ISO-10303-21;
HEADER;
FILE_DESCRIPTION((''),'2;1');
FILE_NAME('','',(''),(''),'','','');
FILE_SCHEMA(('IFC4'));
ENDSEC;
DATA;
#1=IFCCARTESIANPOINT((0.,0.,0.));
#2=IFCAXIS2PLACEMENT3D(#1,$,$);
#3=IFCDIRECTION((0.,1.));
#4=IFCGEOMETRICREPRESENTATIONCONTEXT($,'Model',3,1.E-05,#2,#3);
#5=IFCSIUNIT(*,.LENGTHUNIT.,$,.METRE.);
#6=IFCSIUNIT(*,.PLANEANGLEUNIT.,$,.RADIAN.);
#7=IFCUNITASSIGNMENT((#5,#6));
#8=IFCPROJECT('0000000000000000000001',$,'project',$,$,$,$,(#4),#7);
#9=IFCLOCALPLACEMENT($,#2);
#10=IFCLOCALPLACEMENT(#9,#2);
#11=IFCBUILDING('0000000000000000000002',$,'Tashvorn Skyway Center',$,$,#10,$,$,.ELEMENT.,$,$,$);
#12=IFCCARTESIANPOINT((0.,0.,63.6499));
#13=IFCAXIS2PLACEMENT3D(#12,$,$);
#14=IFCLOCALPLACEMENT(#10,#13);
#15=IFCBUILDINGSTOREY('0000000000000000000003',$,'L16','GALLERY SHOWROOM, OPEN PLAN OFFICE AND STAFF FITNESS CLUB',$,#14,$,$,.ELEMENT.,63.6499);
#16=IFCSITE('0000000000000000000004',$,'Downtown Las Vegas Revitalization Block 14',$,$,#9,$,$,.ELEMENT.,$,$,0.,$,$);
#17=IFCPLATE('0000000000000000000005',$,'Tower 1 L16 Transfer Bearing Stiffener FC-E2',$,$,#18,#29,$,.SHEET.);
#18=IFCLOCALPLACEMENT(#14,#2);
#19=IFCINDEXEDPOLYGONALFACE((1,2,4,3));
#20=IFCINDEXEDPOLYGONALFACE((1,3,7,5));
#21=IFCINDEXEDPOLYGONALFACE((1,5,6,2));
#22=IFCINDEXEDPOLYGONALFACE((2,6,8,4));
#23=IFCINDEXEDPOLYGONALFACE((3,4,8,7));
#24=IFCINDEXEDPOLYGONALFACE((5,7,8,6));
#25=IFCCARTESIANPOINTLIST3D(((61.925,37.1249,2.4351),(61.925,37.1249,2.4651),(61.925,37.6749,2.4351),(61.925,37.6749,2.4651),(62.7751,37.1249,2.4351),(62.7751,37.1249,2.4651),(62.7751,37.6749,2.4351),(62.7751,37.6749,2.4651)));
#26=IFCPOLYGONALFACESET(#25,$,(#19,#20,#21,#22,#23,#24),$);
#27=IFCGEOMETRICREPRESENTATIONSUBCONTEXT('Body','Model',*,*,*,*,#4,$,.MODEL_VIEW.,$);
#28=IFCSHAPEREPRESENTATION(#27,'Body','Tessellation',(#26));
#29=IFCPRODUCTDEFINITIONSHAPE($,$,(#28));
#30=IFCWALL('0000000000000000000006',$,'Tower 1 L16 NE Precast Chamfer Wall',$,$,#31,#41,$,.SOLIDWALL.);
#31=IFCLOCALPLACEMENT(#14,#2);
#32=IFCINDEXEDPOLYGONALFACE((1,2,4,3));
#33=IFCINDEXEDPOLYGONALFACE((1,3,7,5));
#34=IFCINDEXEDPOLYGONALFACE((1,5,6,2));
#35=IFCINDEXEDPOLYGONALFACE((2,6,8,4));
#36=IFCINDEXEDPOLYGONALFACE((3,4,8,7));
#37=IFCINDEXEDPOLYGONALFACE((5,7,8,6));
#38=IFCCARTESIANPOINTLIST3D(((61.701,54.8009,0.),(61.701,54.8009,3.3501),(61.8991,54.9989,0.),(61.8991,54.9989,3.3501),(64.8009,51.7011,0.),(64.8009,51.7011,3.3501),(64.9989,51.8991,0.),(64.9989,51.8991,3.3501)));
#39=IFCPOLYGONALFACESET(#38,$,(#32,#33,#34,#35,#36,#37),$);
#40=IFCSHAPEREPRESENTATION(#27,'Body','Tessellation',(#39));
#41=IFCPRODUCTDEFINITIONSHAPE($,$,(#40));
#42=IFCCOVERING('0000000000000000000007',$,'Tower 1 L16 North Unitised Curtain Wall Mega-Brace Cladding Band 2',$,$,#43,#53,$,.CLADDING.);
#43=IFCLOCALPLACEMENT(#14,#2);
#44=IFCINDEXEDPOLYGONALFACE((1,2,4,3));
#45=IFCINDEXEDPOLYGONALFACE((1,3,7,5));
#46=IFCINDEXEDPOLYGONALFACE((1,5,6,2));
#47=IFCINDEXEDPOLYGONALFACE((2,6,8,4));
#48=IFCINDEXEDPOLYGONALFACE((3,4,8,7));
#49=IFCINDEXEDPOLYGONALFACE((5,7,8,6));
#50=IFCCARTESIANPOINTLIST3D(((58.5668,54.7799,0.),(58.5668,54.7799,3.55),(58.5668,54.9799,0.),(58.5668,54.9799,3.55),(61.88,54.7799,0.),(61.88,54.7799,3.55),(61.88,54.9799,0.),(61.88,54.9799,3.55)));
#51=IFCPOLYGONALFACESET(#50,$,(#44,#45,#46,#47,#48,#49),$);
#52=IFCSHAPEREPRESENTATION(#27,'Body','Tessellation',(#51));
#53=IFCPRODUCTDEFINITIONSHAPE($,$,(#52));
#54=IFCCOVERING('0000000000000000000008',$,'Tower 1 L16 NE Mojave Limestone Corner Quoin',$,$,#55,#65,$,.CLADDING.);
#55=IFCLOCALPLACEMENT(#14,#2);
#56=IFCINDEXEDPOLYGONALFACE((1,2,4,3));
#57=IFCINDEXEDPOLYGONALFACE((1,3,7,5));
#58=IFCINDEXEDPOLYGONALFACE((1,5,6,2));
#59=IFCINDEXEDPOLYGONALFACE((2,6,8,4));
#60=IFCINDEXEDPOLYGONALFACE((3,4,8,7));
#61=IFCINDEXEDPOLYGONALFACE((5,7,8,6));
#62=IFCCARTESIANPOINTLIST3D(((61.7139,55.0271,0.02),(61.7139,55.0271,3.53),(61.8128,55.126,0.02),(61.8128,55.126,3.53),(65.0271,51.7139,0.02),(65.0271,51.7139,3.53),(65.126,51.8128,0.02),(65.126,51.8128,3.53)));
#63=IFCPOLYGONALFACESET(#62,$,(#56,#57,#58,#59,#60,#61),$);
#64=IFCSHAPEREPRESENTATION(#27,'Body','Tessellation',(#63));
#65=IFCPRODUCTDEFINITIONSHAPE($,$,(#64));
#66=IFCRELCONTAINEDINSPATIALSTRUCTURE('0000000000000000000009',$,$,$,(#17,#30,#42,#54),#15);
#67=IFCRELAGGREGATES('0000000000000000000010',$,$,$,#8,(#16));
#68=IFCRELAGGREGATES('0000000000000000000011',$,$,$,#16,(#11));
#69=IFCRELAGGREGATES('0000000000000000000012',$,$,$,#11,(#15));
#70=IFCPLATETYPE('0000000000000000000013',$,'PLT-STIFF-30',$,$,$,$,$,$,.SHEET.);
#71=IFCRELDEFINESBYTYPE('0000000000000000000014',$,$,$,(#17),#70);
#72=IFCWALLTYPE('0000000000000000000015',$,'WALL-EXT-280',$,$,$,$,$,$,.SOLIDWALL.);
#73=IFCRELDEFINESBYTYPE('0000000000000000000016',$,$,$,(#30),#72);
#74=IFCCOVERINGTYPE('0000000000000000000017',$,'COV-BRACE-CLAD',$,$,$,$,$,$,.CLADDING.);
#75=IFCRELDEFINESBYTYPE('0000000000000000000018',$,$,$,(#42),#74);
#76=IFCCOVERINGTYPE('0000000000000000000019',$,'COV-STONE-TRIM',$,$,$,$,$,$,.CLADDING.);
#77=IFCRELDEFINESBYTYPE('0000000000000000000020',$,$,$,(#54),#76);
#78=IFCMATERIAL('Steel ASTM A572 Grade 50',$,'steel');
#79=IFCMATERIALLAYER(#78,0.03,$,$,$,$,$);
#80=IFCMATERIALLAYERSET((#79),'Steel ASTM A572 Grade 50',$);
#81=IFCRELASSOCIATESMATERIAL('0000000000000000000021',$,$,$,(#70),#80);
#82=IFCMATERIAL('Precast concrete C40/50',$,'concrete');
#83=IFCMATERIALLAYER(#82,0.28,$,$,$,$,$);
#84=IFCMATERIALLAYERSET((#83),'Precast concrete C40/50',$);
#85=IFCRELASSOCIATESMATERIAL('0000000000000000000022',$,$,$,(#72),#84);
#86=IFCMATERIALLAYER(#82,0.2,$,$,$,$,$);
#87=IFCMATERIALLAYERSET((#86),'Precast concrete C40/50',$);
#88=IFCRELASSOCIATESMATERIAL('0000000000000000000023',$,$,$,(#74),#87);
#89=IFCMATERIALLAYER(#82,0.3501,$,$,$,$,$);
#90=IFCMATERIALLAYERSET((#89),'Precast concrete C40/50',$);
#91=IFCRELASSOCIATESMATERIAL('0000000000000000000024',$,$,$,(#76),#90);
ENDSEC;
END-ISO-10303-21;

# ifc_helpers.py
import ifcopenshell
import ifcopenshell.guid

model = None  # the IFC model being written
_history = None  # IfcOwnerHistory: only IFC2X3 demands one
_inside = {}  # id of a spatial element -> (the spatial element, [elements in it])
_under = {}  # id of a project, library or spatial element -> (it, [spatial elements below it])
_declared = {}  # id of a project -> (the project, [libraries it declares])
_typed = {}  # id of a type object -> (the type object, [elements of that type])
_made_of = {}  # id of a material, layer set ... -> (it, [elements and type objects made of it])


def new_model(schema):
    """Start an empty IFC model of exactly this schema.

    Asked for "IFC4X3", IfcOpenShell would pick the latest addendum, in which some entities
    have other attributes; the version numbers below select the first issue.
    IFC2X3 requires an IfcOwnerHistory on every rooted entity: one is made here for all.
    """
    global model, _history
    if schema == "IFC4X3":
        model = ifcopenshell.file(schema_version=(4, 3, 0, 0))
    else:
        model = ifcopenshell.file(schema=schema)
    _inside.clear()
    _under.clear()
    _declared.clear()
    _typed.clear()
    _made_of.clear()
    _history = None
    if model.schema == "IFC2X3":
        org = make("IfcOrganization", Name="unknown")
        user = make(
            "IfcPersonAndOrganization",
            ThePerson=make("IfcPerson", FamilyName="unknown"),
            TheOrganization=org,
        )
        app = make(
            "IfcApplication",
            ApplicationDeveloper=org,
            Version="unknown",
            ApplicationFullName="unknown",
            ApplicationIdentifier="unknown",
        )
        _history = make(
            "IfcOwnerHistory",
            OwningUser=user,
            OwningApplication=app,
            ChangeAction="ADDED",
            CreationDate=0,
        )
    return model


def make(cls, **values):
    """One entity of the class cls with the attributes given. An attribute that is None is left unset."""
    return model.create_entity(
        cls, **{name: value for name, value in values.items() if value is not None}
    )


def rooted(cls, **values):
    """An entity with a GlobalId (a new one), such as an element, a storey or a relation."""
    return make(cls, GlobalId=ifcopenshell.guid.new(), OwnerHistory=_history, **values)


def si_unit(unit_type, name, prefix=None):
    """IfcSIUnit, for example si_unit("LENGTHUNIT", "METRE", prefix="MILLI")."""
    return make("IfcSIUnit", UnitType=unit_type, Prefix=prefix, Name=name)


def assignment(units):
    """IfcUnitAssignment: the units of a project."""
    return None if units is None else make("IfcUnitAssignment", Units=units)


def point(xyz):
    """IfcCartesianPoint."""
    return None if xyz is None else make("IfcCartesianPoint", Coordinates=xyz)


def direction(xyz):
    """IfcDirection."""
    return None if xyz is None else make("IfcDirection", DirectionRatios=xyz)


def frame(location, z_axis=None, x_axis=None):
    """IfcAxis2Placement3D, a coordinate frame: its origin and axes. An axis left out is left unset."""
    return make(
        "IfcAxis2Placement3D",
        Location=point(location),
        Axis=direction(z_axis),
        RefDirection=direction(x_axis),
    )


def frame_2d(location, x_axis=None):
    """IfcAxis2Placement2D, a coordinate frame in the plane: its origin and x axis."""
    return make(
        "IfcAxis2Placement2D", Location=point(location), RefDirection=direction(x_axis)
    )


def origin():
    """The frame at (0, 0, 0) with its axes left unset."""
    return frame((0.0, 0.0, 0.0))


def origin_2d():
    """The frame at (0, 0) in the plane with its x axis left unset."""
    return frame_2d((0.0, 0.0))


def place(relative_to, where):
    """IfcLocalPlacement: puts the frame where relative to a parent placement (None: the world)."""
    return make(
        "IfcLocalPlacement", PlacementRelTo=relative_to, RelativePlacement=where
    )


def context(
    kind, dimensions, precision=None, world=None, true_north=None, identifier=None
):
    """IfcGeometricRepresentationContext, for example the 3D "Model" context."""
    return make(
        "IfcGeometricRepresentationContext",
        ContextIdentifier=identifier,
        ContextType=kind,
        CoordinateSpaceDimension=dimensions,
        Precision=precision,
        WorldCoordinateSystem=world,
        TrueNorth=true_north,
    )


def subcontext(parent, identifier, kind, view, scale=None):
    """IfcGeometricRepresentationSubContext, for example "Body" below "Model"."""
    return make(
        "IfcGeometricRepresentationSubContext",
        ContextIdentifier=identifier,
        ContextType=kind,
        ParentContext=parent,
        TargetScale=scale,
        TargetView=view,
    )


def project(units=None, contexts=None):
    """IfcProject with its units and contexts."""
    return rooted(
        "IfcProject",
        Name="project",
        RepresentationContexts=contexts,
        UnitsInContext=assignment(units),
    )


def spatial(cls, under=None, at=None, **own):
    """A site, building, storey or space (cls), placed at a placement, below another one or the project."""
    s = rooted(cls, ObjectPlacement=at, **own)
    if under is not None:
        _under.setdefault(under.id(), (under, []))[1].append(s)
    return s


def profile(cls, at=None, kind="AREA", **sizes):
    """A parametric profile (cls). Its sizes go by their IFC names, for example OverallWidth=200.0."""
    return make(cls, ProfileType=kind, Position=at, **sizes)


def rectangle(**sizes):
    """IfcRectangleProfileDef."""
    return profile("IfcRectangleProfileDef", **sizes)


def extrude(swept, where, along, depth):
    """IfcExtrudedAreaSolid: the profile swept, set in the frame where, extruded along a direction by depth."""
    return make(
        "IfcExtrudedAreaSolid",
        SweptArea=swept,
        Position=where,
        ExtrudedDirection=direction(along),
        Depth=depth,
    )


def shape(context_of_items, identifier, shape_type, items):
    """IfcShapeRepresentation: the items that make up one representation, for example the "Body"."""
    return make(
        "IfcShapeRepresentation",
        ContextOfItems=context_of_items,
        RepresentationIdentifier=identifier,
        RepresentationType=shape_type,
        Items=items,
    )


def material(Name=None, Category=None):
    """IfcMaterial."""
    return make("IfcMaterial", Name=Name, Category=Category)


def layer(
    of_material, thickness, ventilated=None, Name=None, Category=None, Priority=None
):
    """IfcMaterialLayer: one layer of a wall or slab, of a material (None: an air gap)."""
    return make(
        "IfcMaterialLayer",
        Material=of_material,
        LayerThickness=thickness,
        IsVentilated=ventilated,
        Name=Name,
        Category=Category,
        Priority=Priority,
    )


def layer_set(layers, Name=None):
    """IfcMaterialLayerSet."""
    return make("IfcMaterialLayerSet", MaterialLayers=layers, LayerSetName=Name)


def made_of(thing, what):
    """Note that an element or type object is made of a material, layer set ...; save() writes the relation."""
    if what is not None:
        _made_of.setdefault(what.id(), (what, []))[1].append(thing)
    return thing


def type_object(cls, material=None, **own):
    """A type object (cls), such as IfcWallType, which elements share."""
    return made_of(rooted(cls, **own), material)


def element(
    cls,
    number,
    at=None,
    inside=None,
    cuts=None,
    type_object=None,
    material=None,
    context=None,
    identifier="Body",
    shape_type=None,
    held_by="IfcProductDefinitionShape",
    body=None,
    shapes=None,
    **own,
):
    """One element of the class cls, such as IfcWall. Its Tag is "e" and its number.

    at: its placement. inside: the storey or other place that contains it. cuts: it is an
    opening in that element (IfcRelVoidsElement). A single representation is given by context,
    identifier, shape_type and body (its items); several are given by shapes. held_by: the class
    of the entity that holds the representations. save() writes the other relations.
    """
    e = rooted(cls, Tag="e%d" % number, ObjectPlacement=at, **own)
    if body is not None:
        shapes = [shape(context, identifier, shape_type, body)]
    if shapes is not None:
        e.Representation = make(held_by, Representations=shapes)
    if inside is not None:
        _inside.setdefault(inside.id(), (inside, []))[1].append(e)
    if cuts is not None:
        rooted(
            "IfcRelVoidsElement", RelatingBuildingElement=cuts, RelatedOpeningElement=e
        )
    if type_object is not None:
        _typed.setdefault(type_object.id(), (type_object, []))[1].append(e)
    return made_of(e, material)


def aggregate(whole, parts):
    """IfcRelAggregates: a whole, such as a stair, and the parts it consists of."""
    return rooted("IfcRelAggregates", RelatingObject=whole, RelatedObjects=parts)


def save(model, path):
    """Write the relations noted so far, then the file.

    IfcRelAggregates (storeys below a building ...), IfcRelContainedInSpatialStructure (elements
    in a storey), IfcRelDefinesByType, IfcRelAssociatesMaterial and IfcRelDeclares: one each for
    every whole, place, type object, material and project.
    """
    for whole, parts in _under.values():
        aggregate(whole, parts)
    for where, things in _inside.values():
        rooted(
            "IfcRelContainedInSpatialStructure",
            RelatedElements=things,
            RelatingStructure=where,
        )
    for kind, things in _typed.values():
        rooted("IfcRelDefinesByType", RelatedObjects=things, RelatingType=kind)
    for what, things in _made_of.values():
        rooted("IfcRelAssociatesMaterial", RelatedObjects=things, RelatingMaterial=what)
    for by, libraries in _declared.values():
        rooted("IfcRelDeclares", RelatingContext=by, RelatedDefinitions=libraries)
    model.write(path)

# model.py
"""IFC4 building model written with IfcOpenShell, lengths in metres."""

from ifc_helpers import new_model, si_unit, direction, frame, frame_2d, origin, origin_2d, place, context, subcontext, project, spatial, rectangle, extrude, material, layer, layer_set, type_object, element, save


model = new_model("IFC4")

# Units and contexts
model_context = context("Model", 3, precision=1e-05, world=origin(), true_north=direction((0.0, 1.0)))
body_context = subcontext(model_context, "Body", "Model", "MODEL_VIEW")
ifc_project = project(units=[si_unit("LENGTHUNIT", "METRE"), si_unit("PLANEANGLEUNIT", "RADIAN")], contexts=[model_context])

# Site, building, storey
site_placement = place(None, origin())
site = spatial("IfcSite", under=ifc_project, at=site_placement, Name="Downtown Las Vegas Revitalization Block 14", CompositionType="ELEMENT", RefElevation=0.0)
building_placement = place(site_placement, origin())
building = spatial("IfcBuilding", under=site, at=building_placement, Name="Tashvorn Skyway Center", CompositionType="ELEMENT")
storey_placement = place(building_placement, frame((0.0, 0.0, 63.6499)))
storey = spatial("IfcBuildingStorey", under=building, at=storey_placement, Name="L16", Description="GALLERY SHOWROOM, OPEN PLAN OFFICE AND STAFF FITNESS CLUB", CompositionType="ELEMENT", Elevation=63.6499)

# Shared definitions
ifc_material_1 = material(Name="Steel ASTM A572 Grade 50", Category="steel")

# Plate
ifc_layer_1 = layer(ifc_material_1, 0.03)
ifc_layer_set_1 = layer_set([ifc_layer_1], Name="Steel ASTM A572 Grade 50")
plate_type_1 = type_object("IfcPlateType", Name="PLT-STIFF-30", PredefinedType="SHEET", material=ifc_layer_set_1)
for number, where, z_axis, x_axis, name in (
    (1, (62.3501, 37.3999, 2.4351), (0.0, 0.0, 1.0), (1.0, 0.0, 0.0), "Tower 1 L16 Transfer Bearing Stiffener FC-E2"),
):
    element("IfcPlate", number, at=place(storey_placement, frame(where, z_axis=z_axis, x_axis=x_axis)), inside=storey, type_object=plate_type_1, Name=name, PredefinedType="SHEET", context=body_context, shape_type="SweptSolid", body=[
        extrude(rectangle(XDim=0.8501, YDim=0.55, at=origin_2d()), origin(), (0.0, 0.0, 1.0), 0.03),
    ])

# Wall
ifc_material_2 = material(Name="Precast concrete C40/50", Category="concrete")
ifc_layer_2 = layer(ifc_material_2, 0.28)
ifc_layer_set_2 = layer_set([ifc_layer_2], Name="Precast concrete C40/50")
wall_type = type_object("IfcWallType", Name="WALL-EXT-280", PredefinedType="SOLIDWALL", material=ifc_layer_set_2)
wall_placement = place(storey_placement, frame((61.8, 54.8999, 0.0), z_axis=(0.0, 0.0, 1.0), x_axis=(0.707107, -0.707107, 0.0)))
element("IfcWall", 2, at=wall_placement, inside=storey, type_object=wall_type, Name="Tower 1 L16 NE Precast Chamfer Wall", PredefinedType="SOLIDWALL", context=body_context, shape_type="SweptSolid", body=[
    extrude(rectangle(XDim=4.3838, YDim=0.28, at=frame_2d((2.1919, 0.0))), origin(), (0.0, 0.0, 1.0), 3.3501),
])

# Coverings
ifc_layer_3 = layer(ifc_material_2, 0.2)
ifc_layer_set_3 = layer_set([ifc_layer_3], Name="Precast concrete C40/50")
covering_type_1 = type_object("IfcCoveringType", Name="COV-BRACE-CLAD", PredefinedType="CLADDING", material=ifc_layer_set_3)
covering_1_placement = place(storey_placement, frame((60.2234, 54.8799, 0.0), z_axis=(0.0, 0.0, 1.0), x_axis=(1.0, 0.0, 0.0)))
element("IfcCovering", 3, at=covering_1_placement, inside=storey, type_object=covering_type_1, Name="Tower 1 L16 North Unitised Curtain Wall Mega-Brace Cladding Band 2", PredefinedType="CLADDING", context=body_context, shape_type="SweptSolid", body=[
    extrude(rectangle(XDim=3.3132, YDim=0.2, at=origin_2d()), origin(), (0.0, 0.0, 1.0), 3.55),
])
ifc_layer_4 = layer(ifc_material_2, 0.3501)
ifc_layer_set_4 = layer_set([ifc_layer_4], Name="Precast concrete C40/50")
covering_type_2 = type_object("IfcCoveringType", Name="COV-STONE-TRIM", PredefinedType="CLADDING", material=ifc_layer_set_4)
covering_2_placement = place(storey_placement, frame((63.4199, 53.4199, 0.02), z_axis=(0.0, 0.0, 1.0), x_axis=(0.707107, -0.707107, 0.0)))
element("IfcCovering", 4, at=covering_2_placement, inside=storey, type_object=covering_type_2, Name="Tower 1 L16 NE Mojave Limestone Corner Quoin", PredefinedType="CLADDING", context=body_context, shape_type="SweptSolid", body=[
    extrude(rectangle(XDim=4.6855, YDim=0.1399, at=origin_2d()), origin(), (0.0, 0.0, 1.0), 3.51),
])

save(model, "model.ifc")
